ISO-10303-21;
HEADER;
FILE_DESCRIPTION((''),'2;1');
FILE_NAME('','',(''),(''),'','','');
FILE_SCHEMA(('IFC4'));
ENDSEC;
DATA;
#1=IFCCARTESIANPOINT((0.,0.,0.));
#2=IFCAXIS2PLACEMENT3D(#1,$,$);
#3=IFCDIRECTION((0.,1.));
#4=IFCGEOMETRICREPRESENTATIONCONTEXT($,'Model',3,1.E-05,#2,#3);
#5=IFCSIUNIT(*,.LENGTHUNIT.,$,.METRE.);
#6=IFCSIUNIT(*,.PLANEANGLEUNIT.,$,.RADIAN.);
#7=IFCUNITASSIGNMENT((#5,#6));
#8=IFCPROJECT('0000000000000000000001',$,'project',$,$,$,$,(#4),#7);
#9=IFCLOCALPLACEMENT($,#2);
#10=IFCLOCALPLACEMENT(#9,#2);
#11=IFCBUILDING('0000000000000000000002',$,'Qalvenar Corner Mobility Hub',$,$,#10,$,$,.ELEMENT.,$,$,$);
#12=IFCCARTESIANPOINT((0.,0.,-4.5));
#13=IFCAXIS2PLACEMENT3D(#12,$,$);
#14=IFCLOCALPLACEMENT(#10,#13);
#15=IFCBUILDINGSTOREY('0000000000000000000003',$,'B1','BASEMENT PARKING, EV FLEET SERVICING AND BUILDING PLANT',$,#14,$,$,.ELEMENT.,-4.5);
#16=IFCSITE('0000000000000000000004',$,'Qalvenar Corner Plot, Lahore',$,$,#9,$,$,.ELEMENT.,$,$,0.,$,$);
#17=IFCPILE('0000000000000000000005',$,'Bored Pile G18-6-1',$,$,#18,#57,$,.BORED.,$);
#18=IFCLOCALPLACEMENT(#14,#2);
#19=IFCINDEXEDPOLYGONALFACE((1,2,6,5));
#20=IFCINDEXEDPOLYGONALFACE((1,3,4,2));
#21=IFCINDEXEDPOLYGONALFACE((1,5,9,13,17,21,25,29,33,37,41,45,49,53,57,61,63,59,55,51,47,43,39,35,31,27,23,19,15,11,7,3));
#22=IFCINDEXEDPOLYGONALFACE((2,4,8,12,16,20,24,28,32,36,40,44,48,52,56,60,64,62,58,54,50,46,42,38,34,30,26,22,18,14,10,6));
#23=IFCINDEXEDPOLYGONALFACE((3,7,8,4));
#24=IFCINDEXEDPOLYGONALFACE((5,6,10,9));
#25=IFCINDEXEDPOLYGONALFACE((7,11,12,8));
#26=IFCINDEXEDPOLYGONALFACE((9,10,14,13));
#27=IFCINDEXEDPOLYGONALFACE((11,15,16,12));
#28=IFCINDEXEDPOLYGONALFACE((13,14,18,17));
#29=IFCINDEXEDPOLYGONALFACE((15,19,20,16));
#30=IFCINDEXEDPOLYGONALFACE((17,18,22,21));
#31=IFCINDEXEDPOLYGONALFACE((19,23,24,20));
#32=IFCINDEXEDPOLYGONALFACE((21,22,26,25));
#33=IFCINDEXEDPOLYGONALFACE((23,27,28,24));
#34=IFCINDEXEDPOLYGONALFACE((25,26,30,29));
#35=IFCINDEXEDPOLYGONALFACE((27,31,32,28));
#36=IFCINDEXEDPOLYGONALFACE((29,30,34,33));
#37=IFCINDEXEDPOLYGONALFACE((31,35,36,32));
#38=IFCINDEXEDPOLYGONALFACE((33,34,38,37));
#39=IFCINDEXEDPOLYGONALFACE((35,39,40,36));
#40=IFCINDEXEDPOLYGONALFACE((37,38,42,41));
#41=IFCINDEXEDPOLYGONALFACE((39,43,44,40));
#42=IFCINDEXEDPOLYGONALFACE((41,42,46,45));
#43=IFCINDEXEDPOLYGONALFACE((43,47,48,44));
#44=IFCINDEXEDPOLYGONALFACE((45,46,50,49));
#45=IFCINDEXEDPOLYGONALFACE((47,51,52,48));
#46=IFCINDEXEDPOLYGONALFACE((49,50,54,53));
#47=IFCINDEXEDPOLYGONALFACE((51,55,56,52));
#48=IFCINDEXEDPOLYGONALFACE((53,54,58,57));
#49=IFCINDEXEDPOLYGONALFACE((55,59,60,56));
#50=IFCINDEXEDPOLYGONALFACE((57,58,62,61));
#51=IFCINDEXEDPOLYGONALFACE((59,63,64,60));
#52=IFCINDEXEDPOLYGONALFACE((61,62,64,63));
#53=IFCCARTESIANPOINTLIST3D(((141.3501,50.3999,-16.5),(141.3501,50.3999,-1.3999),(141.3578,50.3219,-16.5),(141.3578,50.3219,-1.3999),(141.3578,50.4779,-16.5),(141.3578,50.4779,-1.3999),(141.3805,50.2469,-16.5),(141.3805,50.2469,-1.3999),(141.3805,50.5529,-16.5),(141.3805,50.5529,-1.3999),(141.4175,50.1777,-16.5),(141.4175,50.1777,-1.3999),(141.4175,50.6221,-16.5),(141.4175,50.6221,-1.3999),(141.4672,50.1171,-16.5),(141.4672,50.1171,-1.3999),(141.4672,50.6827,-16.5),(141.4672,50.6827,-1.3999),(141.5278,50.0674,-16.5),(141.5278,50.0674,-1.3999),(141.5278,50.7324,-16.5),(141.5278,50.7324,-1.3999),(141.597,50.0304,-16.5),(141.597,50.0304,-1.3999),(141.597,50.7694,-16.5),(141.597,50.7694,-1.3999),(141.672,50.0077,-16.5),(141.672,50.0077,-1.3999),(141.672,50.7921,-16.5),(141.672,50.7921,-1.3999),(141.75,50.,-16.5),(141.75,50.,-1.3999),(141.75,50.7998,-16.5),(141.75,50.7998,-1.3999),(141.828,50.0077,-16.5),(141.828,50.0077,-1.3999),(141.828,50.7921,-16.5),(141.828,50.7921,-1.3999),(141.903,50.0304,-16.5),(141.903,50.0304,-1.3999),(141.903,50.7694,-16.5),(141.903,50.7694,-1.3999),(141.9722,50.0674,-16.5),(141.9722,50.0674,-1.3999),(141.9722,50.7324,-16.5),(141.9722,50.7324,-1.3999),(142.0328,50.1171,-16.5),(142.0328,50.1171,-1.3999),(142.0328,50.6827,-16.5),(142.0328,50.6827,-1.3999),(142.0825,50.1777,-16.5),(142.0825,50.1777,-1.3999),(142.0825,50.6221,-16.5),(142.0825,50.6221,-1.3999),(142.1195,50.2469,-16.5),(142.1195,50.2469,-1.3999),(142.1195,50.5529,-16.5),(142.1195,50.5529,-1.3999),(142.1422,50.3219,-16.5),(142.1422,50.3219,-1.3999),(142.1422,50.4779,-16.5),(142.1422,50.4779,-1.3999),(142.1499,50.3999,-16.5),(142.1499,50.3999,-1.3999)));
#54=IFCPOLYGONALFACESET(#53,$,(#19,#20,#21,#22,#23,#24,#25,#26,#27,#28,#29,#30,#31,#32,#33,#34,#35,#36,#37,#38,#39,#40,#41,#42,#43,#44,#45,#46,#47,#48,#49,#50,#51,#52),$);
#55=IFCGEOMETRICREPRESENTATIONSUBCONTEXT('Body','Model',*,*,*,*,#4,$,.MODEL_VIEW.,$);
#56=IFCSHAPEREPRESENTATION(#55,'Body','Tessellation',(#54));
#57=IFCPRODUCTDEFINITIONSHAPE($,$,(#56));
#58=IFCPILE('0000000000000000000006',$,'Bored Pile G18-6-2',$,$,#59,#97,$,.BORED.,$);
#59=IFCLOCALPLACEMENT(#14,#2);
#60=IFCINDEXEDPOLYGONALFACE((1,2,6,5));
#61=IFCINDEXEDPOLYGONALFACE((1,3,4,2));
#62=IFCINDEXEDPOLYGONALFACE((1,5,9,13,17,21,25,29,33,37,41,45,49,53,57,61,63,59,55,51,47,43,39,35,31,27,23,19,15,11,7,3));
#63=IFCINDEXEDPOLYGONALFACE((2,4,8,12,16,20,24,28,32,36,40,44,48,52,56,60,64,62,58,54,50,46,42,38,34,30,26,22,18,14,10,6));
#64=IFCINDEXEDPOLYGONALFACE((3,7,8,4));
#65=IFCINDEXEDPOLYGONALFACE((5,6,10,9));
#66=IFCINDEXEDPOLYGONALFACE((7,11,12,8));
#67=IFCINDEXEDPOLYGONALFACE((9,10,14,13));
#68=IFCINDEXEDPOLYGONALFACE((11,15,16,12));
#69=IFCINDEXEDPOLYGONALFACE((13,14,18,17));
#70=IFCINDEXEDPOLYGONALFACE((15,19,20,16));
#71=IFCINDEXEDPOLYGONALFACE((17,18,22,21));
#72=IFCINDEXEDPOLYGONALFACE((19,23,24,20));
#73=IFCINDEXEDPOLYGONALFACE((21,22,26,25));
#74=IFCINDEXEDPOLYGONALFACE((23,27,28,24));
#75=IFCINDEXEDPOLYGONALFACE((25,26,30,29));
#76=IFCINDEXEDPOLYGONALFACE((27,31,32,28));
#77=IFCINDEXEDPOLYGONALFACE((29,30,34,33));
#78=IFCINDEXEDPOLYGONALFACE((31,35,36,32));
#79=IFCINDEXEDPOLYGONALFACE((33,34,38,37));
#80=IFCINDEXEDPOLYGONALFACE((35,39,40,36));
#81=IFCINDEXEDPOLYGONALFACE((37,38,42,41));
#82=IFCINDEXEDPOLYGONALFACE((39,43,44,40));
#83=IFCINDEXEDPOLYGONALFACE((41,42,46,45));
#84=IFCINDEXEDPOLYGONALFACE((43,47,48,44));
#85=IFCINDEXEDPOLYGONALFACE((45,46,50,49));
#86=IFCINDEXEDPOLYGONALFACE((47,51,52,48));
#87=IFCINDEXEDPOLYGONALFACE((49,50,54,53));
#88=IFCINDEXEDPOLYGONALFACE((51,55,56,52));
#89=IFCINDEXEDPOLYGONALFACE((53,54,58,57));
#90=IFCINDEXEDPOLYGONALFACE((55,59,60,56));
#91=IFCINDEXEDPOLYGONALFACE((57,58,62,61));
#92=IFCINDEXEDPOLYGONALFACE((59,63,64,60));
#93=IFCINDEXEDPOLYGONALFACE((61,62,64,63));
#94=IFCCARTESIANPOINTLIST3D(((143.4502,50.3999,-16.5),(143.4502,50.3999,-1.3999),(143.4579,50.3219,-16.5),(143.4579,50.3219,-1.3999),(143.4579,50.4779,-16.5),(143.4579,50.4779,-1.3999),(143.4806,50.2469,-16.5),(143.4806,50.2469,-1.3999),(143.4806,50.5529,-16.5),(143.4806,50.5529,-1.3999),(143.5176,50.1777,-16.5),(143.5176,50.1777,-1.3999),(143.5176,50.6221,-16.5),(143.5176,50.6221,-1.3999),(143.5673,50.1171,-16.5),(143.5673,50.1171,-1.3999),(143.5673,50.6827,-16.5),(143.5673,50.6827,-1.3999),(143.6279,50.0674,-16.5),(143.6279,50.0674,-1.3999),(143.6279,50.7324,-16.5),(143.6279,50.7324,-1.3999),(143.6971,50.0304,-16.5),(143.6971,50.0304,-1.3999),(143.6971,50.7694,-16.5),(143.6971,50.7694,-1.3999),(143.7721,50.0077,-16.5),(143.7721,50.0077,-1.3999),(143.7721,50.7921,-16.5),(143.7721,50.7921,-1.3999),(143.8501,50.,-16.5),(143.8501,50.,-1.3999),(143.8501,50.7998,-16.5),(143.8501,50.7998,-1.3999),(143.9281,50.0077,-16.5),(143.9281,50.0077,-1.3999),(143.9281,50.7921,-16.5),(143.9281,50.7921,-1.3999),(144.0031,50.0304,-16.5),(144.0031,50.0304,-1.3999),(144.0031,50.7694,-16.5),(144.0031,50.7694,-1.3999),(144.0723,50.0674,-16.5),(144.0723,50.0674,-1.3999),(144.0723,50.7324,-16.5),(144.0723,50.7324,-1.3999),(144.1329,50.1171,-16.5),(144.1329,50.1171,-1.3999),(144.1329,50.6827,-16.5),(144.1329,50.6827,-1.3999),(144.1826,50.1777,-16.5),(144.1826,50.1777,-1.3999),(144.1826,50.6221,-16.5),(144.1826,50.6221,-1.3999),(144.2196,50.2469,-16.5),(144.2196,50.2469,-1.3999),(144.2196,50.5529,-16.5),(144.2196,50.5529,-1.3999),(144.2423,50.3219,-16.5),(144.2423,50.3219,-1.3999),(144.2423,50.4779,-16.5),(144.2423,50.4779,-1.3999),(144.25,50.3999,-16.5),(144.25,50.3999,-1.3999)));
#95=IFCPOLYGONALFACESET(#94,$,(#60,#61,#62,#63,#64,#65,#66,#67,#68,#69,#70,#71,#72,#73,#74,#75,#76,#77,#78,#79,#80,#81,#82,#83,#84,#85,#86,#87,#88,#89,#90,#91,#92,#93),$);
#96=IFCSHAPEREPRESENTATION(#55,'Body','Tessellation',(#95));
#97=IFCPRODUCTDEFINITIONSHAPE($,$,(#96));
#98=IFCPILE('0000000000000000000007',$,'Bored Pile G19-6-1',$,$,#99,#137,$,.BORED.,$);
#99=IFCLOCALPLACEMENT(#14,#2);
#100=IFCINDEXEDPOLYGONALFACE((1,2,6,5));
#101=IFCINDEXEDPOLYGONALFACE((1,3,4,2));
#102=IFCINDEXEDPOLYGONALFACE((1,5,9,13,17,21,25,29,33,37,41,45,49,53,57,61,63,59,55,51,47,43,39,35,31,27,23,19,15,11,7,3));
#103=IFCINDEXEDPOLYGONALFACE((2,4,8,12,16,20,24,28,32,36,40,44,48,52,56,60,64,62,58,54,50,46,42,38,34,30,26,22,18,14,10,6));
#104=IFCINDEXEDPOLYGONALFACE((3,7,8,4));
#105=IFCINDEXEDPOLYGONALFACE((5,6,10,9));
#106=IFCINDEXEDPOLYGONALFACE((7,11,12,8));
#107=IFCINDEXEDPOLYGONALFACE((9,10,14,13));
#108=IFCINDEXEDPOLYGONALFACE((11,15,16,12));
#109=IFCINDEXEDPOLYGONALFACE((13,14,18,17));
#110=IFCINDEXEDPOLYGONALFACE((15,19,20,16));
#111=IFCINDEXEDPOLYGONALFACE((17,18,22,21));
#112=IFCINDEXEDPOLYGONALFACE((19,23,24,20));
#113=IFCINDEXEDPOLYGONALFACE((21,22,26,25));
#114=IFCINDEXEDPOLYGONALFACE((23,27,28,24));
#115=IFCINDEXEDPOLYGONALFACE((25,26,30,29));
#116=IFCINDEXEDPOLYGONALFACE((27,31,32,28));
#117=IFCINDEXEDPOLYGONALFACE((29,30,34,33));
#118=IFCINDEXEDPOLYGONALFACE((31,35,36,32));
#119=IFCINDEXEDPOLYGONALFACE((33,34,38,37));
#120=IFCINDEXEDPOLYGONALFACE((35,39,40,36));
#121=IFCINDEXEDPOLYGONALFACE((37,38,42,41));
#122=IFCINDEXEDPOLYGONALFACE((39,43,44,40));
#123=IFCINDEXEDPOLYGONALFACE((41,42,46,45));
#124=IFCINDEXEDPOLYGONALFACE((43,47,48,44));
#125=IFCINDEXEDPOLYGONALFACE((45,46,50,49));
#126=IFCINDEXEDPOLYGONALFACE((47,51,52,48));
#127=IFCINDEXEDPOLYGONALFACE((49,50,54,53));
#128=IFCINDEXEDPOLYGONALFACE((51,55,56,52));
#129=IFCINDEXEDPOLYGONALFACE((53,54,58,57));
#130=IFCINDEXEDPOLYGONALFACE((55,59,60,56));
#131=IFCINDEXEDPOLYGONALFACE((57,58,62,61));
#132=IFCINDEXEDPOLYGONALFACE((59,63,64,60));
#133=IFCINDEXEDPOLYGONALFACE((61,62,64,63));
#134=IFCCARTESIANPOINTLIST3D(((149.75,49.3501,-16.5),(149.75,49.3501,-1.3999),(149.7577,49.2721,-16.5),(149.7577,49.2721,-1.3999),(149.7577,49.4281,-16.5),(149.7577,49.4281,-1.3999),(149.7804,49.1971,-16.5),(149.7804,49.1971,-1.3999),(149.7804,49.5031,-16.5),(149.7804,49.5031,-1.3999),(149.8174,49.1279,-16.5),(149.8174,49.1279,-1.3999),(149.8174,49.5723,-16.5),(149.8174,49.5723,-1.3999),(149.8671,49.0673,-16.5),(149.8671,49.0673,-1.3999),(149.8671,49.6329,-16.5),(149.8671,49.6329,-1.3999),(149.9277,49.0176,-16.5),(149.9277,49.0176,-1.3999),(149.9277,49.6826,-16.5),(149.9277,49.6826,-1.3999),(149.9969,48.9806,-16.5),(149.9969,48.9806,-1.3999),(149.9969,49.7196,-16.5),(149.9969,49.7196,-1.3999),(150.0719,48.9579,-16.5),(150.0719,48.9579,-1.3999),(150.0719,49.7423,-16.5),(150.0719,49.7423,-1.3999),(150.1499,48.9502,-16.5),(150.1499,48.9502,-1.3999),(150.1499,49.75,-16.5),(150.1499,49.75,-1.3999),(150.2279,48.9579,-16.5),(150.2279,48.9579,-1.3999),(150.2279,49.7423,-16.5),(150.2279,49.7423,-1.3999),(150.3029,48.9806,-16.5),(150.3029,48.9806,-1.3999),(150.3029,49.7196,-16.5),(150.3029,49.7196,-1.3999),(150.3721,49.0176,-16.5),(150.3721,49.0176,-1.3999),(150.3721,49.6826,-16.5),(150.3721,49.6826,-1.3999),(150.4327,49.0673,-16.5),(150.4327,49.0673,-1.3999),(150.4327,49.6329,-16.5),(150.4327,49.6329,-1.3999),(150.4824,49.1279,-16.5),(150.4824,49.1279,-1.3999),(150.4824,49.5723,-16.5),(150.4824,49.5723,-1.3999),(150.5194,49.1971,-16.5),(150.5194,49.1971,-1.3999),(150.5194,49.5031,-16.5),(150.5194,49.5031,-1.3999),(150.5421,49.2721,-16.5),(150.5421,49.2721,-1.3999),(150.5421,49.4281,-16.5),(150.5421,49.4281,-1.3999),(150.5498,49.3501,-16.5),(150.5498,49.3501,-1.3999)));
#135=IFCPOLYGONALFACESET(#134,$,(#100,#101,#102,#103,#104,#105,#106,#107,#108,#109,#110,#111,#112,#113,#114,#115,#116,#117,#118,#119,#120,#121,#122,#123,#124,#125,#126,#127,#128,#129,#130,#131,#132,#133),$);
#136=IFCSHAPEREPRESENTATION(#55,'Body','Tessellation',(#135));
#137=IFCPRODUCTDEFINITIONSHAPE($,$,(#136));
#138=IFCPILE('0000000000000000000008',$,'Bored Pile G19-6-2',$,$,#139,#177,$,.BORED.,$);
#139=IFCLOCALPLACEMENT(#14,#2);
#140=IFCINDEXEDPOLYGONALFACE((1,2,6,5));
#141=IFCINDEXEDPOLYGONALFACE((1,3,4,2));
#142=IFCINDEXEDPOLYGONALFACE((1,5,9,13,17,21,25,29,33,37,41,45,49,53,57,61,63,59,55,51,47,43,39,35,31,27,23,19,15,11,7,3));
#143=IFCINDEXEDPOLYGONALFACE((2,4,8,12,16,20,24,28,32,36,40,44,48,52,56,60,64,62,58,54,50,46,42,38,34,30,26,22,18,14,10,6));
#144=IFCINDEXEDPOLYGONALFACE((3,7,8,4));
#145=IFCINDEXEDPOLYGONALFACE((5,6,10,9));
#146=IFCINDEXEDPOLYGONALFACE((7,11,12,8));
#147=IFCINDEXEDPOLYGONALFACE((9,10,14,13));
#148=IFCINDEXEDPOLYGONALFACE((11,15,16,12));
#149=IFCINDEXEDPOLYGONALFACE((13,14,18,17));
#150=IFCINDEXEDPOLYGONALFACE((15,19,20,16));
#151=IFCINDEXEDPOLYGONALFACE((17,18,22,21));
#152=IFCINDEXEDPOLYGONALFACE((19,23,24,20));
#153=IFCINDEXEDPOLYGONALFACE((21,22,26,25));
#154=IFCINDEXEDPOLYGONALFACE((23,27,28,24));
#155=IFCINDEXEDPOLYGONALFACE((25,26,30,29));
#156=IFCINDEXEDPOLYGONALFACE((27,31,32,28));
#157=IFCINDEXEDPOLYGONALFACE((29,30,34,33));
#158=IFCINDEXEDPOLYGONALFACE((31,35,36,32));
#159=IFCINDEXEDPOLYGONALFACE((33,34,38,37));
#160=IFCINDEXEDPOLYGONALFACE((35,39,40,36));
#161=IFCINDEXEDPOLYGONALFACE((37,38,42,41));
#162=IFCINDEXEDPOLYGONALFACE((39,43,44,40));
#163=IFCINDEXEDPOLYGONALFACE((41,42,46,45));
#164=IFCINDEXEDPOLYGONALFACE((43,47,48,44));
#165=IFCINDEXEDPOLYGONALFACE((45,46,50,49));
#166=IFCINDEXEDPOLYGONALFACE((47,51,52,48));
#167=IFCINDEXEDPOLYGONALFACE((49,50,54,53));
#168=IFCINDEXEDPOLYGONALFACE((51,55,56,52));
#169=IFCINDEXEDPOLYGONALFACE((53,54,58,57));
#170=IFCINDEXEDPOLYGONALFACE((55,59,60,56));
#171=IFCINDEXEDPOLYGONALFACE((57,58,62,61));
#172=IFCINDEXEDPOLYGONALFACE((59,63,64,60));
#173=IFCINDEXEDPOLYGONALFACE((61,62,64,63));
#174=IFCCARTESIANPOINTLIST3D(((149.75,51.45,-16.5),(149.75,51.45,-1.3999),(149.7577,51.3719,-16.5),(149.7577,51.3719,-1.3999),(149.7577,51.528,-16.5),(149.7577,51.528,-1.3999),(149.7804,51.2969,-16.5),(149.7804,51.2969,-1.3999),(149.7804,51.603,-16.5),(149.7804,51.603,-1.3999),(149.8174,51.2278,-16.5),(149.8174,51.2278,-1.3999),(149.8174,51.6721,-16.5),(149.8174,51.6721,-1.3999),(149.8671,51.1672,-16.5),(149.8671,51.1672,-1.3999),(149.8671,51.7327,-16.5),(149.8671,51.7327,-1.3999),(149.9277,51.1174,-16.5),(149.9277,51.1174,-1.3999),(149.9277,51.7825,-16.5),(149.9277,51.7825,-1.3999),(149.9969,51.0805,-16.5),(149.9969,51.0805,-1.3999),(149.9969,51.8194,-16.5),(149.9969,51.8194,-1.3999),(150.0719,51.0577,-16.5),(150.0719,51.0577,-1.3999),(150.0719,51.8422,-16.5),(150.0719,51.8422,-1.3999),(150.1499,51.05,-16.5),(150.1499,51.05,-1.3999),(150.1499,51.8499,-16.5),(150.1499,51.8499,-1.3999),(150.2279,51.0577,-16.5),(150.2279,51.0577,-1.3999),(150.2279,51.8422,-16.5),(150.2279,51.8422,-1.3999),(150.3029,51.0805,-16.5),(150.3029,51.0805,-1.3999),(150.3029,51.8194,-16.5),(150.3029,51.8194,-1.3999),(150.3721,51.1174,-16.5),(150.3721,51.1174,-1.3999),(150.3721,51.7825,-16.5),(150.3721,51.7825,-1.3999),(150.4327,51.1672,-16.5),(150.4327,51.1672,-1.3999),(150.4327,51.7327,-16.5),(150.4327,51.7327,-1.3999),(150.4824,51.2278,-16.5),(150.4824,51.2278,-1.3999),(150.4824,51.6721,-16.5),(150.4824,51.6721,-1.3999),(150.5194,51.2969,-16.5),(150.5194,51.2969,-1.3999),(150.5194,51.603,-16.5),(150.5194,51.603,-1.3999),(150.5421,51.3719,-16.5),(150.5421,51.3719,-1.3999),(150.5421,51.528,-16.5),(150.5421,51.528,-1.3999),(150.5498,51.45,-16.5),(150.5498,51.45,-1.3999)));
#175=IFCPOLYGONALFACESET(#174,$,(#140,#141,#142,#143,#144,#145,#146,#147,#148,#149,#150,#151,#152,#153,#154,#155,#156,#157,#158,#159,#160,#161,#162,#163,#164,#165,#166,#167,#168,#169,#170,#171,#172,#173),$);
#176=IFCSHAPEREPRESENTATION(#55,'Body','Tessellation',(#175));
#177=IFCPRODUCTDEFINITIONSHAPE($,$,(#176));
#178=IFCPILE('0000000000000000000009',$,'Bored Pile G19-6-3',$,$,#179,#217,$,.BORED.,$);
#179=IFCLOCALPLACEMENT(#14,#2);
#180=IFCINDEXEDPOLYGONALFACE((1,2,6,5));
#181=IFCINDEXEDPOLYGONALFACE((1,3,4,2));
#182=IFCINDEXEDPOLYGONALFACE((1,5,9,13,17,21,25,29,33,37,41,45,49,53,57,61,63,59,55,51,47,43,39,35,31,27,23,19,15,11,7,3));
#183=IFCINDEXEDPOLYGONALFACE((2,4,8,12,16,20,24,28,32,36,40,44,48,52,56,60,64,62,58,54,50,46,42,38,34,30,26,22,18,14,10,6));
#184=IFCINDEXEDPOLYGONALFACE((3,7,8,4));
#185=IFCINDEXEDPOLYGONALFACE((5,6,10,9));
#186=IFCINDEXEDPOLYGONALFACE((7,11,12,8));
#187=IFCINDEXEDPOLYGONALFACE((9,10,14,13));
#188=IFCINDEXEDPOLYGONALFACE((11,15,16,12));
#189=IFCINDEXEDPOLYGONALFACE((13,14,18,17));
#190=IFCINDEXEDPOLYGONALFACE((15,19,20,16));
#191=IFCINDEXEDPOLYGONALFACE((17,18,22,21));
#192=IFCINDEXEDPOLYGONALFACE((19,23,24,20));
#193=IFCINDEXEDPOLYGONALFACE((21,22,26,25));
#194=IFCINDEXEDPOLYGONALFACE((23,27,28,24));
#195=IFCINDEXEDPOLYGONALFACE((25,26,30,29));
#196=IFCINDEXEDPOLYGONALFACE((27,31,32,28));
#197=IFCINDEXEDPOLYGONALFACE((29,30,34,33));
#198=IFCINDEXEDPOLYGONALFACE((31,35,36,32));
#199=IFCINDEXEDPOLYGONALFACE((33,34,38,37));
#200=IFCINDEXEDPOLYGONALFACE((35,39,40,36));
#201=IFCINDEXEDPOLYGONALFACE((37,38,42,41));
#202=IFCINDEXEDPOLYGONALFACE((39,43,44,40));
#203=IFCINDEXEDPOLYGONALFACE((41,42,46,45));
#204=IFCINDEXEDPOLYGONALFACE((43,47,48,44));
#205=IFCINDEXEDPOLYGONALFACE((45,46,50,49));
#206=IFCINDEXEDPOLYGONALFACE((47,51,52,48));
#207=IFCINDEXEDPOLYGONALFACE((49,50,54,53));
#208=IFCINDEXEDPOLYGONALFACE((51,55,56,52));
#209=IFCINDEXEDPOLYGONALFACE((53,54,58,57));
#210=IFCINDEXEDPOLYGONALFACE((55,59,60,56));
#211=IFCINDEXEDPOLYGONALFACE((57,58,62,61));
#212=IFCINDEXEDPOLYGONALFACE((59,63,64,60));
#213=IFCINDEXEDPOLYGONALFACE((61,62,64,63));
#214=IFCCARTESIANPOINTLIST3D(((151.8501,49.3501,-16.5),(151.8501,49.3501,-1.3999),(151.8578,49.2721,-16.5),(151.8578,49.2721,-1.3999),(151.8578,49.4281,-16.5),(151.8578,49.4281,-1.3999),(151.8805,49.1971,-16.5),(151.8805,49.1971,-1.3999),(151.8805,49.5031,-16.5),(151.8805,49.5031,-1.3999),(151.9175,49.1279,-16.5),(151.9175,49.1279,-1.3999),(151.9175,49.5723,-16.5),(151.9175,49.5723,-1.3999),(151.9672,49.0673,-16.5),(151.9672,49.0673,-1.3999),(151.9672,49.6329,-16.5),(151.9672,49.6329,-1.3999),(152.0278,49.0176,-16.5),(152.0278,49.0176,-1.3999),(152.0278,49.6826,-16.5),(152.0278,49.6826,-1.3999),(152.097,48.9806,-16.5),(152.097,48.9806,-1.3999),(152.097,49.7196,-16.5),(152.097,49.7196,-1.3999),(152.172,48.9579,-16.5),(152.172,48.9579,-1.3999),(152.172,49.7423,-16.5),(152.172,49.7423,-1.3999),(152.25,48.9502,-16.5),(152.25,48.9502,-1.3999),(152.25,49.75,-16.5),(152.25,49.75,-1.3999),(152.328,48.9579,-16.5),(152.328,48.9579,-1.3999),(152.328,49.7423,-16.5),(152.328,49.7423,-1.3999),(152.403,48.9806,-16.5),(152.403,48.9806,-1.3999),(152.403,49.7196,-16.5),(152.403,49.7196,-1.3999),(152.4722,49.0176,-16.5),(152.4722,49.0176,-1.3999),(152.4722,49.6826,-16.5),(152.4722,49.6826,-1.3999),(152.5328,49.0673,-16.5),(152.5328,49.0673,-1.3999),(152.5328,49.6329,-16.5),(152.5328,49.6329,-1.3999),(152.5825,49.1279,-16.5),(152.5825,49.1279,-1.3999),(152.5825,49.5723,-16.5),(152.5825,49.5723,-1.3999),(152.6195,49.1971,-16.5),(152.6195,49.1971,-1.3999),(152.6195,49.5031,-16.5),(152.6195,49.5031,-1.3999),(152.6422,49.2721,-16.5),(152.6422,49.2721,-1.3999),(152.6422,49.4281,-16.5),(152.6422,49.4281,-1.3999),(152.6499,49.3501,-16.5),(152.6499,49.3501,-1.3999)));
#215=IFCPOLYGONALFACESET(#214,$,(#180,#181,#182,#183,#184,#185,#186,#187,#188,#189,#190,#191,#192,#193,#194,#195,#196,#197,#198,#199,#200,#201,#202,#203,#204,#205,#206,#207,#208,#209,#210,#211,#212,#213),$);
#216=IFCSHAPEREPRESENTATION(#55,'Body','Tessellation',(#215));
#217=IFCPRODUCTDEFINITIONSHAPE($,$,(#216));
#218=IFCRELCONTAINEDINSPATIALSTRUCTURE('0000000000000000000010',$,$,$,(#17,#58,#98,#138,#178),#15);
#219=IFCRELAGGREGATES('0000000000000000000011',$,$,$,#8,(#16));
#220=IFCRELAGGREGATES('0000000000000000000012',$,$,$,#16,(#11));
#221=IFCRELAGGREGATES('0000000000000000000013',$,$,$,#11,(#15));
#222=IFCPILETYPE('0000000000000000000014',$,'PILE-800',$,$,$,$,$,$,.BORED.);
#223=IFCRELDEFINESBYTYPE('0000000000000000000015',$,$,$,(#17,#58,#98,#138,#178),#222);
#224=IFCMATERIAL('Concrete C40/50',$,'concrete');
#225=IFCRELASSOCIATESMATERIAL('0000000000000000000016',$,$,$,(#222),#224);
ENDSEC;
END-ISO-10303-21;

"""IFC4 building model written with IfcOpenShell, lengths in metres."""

from ifc_helpers import new_model, si_unit, direction, frame, origin, origin_2d, place, context, subcontext, project, spatial, circle, extrude, material, material_profile, profile_set, type_object, element, save


model = new_model("IFC4")

# Units and contexts
model_context = context("Model", 3, precision=1e-05, world=origin(), true_north=direction((0.0, 1.0)))
body_context = subcontext(model_context, "Body", "Model", "MODEL_VIEW")
ifc_project = project(units=[si_unit("LENGTHUNIT", "METRE"), si_unit("PLANEANGLEUNIT", "RADIAN")], contexts=[model_context])

# Site, building, storey
site_placement = place(None, origin())
site = spatial("IfcSite", under=ifc_project, at=site_placement, Name="Qalvenar Corner Plot, Lahore", CompositionType="ELEMENT", RefElevation=0.0)
building_placement = place(site_placement, origin())
building = spatial("IfcBuilding", under=site, at=building_placement, Name="Qalvenar Corner Mobility Hub", CompositionType="ELEMENT")
storey_placement = place(building_placement, frame((0.0, 0.0, -4.5)))
storey = spatial("IfcBuildingStorey", under=building, at=storey_placement, Name="B1", Description="BASEMENT PARKING, EV FLEET SERVICING AND BUILDING PLANT", CompositionType="ELEMENT", Elevation=-4.5)

# Shared definitions
ifc_material_1 = material(Name="Concrete C40/50", Category="concrete")

# Piles
ifc_material_profile_1 = material_profile(ifc_material_1, circle(Radius=0.3999, at=origin_2d()), Name="DIA800")
ifc_profile_set_1 = profile_set([ifc_material_profile_1], Name="Concrete C40/50")
pile_type_1 = type_object("IfcPileType", Name="PILE-800", PredefinedType="BORED", material=ifc_profile_set_1)
for number, where, z_axis, x_axis, name in (
    (1, (141.75, 50.3999, -1.3999), (0.0, 0.0, -1.0), (1.0, 0.0, 0.0), "Bored Pile G18-6-1"),
    (2, (143.8501, 50.3999, -1.3999), (0.0, 0.0, -1.0), (1.0, 0.0, 0.0), "Bored Pile G18-6-2"),
    (3, (150.1499, 49.3501, -1.3999), (0.0, 0.0, -1.0), (1.0, 0.0, 0.0), "Bored Pile G19-6-1"),
    (4, (150.1499, 51.45, -1.3999), (0.0, 0.0, -1.0), (1.0, 0.0, 0.0), "Bored Pile G19-6-2"),
    (5, (152.25, 49.3501, -1.3999), (0.0, 0.0, -1.0), (1.0, 0.0, 0.0), "Bored Pile G19-6-3"),
):
    element("IfcPile", number, at=place(storey_placement, frame(where, z_axis=z_axis, x_axis=x_axis)), inside=storey, type_object=pile_type_1, Name=name, PredefinedType="BORED", context=body_context, shape_type="SweptSolid", body=[
        extrude(circle(Radius=0.3999, at=origin_2d()), origin(), (0.0, 0.0, 1.0), 15.1001),
    ])

save(model, "model.ifc")
